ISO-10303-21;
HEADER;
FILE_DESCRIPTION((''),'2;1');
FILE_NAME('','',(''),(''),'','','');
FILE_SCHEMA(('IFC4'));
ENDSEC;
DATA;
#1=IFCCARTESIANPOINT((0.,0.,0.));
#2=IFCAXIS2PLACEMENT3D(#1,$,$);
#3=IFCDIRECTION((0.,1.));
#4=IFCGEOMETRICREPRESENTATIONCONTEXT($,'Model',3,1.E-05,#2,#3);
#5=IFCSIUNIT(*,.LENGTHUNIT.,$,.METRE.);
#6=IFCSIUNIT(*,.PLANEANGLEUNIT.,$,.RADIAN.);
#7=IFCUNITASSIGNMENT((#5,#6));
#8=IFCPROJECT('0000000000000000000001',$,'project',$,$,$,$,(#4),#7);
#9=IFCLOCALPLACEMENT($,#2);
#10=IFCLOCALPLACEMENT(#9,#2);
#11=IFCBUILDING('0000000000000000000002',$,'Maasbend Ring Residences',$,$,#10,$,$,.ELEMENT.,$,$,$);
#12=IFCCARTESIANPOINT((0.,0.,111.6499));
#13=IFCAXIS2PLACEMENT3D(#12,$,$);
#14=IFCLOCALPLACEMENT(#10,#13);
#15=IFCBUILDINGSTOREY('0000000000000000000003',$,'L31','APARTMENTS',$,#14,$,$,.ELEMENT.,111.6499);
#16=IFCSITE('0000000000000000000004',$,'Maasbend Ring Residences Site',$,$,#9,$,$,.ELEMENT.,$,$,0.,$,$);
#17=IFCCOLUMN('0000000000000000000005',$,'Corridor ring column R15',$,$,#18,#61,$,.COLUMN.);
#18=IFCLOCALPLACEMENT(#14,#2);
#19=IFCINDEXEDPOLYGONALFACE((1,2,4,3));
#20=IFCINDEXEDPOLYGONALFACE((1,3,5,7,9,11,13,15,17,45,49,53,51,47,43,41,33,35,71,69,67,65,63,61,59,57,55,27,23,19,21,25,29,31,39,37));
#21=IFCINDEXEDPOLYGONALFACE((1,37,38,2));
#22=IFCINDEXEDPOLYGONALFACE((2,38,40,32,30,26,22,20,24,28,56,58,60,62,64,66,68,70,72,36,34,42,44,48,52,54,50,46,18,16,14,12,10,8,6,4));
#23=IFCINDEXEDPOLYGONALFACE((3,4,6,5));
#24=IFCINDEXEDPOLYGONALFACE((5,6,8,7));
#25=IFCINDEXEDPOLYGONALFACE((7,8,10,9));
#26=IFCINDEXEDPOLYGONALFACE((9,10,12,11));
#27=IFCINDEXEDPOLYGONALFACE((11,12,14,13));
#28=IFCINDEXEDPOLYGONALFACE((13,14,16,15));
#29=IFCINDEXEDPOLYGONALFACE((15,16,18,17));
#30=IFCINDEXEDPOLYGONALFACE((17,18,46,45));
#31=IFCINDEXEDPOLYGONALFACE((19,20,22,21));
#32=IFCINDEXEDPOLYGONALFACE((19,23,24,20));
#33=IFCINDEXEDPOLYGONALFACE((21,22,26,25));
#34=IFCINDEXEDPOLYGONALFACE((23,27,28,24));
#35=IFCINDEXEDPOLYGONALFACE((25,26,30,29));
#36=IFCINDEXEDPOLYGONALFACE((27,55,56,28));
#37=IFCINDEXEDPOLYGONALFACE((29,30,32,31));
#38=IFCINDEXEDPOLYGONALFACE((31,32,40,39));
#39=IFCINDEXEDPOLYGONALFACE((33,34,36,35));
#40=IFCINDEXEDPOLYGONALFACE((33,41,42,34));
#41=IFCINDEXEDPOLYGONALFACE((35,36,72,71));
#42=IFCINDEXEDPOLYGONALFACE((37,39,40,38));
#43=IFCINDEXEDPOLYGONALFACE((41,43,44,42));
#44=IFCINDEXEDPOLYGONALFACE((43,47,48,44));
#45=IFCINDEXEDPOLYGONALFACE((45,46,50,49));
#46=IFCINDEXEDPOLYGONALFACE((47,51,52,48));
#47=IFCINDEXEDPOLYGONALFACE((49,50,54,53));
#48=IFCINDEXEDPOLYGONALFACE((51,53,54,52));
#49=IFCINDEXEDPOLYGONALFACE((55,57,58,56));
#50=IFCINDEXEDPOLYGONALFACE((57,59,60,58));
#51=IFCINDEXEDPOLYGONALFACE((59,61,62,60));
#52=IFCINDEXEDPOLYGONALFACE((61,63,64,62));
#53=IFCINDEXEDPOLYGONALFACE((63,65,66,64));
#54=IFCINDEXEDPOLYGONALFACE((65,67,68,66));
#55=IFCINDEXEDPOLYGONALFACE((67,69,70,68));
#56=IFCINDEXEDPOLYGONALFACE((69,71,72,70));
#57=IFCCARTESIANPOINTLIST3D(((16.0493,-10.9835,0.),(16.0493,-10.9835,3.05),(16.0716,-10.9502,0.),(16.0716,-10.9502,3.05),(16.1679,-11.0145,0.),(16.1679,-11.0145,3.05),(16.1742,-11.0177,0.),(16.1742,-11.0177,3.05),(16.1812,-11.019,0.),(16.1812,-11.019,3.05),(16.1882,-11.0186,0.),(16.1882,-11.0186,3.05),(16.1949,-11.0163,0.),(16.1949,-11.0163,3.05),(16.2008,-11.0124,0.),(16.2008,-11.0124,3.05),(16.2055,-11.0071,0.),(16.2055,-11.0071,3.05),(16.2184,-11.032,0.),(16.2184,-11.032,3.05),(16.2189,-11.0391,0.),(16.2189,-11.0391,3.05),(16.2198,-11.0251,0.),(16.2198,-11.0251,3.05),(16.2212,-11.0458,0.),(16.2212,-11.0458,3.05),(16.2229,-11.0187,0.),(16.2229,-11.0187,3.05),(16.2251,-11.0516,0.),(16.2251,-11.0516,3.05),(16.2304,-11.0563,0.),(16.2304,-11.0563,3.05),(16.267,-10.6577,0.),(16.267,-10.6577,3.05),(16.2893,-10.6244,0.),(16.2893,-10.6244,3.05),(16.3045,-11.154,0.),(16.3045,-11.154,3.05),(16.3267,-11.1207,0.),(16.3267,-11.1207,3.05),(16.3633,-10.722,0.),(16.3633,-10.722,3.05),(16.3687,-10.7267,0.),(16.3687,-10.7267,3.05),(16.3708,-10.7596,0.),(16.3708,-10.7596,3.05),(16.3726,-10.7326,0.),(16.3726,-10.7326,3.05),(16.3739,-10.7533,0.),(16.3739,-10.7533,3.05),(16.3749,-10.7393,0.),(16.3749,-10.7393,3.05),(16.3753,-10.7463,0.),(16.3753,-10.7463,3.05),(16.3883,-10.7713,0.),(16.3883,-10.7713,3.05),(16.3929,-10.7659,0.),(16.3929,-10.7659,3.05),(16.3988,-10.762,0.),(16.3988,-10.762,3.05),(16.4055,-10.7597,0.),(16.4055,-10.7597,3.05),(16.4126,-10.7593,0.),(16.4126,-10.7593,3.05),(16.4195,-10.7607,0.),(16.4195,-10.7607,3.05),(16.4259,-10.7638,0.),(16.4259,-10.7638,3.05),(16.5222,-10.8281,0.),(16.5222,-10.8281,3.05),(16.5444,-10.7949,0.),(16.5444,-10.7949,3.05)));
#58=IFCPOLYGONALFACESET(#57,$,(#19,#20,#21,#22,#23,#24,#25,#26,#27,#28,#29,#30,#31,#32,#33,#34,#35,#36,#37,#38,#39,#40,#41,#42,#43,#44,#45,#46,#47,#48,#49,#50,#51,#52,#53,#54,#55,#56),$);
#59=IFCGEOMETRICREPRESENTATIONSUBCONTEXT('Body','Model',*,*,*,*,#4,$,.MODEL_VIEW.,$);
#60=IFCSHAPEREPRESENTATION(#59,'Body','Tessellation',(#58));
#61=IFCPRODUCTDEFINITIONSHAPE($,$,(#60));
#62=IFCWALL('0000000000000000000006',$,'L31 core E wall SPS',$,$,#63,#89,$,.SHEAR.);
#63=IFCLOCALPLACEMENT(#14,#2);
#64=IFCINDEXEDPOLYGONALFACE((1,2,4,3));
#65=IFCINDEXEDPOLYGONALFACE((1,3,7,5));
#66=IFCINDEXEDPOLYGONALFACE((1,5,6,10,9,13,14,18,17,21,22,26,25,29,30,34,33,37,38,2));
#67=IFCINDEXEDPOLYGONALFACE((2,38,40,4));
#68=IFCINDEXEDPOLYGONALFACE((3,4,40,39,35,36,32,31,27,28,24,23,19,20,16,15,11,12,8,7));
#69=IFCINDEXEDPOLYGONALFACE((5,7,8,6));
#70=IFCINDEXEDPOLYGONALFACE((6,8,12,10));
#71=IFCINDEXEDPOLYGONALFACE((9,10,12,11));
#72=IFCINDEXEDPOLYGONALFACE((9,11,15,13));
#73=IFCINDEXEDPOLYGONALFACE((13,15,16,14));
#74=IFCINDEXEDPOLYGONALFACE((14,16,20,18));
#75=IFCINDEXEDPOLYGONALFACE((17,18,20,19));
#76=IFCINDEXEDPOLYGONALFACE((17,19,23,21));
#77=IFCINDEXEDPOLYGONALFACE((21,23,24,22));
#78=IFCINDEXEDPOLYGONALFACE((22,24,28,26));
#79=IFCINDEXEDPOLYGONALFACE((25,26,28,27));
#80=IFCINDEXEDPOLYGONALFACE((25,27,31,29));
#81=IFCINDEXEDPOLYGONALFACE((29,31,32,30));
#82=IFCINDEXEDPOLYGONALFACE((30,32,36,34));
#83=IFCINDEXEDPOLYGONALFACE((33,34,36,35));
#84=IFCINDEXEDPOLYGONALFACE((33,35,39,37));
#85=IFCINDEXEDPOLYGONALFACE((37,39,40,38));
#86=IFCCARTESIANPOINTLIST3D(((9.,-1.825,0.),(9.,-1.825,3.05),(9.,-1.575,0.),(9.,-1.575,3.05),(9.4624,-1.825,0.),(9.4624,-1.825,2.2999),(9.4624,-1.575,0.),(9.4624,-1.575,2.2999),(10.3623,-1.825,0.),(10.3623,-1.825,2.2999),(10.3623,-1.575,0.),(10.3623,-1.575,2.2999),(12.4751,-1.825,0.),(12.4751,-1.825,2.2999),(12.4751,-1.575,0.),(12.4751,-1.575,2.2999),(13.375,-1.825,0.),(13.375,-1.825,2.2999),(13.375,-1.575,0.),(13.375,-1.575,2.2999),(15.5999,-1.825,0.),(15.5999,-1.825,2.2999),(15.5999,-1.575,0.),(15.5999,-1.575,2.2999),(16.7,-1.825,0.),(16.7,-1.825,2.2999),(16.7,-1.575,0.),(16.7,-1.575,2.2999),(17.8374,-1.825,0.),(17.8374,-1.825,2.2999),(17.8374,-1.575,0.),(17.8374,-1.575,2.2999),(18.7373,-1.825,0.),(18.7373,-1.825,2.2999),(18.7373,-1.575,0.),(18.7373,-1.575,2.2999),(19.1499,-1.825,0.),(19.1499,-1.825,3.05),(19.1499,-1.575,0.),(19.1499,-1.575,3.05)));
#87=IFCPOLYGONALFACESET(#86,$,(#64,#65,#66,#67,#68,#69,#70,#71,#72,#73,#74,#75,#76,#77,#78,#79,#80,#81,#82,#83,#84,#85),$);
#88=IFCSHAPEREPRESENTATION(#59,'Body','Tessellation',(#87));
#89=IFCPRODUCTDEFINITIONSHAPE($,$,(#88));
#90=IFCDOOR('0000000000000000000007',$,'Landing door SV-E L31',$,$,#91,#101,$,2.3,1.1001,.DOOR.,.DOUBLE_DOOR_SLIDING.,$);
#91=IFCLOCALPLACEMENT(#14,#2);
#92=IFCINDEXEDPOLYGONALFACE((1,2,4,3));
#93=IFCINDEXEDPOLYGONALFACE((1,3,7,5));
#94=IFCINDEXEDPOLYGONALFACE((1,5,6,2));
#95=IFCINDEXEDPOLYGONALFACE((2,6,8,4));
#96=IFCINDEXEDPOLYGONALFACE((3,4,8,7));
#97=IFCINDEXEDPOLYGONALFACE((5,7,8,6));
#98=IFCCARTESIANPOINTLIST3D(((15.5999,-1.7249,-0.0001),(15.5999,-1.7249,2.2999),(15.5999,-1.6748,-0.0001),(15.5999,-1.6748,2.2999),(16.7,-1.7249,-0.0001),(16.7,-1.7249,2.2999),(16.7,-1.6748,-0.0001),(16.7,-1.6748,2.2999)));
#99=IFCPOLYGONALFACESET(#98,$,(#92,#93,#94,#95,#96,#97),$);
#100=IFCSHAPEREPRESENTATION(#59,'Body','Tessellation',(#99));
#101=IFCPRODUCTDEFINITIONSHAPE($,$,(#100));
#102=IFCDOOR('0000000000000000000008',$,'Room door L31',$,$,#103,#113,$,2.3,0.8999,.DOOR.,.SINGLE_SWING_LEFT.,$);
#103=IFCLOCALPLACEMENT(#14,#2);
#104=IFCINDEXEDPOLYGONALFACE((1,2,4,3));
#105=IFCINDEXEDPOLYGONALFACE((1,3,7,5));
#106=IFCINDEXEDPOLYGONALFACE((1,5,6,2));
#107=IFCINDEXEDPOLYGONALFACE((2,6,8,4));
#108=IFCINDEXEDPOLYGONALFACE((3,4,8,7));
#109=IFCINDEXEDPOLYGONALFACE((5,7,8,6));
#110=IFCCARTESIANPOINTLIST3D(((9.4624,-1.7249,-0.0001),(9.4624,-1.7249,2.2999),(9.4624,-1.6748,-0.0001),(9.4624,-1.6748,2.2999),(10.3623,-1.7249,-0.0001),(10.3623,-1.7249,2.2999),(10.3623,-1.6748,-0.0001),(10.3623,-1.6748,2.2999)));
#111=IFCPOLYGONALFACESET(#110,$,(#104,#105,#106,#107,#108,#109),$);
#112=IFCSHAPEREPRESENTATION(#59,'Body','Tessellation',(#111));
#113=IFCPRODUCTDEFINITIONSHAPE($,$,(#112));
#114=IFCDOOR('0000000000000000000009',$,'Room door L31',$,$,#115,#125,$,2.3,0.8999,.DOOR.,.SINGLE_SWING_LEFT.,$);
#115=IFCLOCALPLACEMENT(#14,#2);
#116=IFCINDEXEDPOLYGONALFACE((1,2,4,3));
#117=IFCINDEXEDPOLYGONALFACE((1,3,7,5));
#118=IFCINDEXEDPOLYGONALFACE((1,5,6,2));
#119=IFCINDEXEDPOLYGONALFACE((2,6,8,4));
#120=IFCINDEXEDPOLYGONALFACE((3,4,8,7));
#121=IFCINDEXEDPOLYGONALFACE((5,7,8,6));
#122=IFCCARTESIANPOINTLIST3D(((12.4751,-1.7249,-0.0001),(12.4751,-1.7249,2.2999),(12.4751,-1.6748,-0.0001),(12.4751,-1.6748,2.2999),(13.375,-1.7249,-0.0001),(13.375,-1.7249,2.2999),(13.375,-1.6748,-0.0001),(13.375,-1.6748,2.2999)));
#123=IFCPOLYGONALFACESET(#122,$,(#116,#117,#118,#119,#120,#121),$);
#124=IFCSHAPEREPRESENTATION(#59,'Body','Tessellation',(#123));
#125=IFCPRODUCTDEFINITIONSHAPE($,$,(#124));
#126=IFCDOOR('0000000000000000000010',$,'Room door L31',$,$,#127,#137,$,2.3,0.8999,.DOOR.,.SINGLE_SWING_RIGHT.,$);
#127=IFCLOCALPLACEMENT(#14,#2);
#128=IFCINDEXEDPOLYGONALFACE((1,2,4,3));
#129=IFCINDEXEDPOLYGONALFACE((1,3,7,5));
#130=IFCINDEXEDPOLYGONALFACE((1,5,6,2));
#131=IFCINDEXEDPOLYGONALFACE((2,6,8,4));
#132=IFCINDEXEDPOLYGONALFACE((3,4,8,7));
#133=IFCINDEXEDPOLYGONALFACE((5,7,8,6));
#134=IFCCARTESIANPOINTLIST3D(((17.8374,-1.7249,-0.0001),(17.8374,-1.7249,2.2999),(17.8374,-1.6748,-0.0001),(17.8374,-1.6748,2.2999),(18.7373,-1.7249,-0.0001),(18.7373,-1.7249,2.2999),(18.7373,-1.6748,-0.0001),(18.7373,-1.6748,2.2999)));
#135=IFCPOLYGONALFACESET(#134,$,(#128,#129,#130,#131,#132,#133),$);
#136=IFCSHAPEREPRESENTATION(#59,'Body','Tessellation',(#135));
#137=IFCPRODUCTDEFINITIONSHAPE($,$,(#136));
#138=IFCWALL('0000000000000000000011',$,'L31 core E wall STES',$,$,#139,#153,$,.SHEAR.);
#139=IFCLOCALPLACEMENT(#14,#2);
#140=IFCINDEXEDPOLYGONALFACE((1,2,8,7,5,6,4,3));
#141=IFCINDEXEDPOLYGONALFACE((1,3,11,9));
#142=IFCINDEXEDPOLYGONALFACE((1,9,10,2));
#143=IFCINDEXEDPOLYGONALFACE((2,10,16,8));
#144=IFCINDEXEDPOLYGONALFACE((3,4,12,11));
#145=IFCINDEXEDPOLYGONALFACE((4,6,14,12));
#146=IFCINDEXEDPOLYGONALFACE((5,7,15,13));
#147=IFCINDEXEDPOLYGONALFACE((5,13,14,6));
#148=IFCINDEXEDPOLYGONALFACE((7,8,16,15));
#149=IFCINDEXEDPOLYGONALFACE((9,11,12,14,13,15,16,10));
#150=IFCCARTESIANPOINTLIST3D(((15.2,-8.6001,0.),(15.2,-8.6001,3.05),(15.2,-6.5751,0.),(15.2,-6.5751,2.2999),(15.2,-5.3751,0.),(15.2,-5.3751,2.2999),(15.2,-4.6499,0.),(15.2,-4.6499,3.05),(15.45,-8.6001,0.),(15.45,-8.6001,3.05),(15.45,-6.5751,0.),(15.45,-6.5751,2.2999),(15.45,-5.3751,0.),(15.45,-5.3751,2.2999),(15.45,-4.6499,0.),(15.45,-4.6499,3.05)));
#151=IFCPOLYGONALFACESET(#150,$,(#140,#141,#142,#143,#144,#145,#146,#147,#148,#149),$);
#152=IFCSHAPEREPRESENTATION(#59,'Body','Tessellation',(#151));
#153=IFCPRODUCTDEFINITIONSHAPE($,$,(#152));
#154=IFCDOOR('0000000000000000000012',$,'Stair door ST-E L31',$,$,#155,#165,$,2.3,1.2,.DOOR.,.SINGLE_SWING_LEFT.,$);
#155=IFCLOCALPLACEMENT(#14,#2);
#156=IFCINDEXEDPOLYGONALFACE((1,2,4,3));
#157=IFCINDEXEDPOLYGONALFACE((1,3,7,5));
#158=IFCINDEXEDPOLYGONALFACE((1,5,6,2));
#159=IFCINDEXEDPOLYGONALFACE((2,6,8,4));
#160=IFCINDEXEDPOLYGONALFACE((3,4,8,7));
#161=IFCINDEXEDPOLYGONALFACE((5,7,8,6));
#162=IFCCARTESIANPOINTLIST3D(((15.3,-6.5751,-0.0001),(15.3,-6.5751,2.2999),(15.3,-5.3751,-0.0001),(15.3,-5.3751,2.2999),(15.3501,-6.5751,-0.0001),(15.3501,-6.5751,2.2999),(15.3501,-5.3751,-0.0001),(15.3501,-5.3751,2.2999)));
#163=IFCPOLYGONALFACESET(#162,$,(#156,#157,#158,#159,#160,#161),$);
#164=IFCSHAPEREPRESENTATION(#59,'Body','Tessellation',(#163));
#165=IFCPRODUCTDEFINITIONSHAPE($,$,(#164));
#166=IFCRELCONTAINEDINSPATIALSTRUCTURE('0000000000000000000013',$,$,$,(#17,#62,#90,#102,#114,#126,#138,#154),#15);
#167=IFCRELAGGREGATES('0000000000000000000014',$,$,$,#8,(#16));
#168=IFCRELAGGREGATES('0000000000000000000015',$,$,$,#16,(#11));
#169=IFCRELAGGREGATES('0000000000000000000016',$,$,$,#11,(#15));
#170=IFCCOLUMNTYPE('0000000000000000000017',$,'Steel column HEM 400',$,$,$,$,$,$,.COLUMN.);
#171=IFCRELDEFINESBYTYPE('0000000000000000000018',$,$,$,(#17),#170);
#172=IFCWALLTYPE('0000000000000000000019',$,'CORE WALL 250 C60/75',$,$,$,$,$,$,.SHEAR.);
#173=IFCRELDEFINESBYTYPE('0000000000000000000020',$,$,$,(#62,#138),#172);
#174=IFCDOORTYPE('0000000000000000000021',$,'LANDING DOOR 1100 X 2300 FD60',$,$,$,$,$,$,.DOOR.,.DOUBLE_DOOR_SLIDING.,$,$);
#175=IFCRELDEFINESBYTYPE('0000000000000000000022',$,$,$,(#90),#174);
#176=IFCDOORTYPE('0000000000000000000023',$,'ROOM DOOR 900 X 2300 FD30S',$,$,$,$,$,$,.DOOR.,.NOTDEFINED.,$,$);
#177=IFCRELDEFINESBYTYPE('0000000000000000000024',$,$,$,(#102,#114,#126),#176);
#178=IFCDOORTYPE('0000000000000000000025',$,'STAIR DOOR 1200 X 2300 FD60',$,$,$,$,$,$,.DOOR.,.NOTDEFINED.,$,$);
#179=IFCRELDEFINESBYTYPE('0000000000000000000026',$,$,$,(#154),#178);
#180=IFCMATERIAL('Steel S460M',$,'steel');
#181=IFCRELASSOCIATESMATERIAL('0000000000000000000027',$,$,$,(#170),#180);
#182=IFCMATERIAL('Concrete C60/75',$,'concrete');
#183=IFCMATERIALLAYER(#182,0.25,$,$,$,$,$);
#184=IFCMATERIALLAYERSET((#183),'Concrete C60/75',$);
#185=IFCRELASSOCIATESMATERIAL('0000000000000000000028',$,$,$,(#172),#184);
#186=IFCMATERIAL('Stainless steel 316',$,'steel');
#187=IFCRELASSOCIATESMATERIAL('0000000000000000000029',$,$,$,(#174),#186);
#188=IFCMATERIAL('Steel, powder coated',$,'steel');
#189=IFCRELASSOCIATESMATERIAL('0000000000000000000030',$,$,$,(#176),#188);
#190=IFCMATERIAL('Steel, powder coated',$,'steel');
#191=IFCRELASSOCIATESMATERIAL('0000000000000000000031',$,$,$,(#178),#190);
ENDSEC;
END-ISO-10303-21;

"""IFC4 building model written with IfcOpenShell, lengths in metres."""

from ifc_helpers import new_model, si_unit, direction, frame, frame_2d, origin, origin_2d, place, context, subcontext, project, spatial, rectangle, i_section, extrude, material, layer, layer_set, material_profile, profile_set, type_object, element, fill, save


model = new_model("IFC4")

# Units and contexts
model_context = context("Model", 3, precision=1e-05, world=origin(), true_north=direction((0.0, 1.0)))
body_context = subcontext(model_context, "Body", "Model", "MODEL_VIEW")
ifc_project = project(units=[si_unit("LENGTHUNIT", "METRE"), si_unit("PLANEANGLEUNIT", "RADIAN")], contexts=[model_context])

# Site, building, storey
site_placement = place(None, origin())
site = spatial("IfcSite", under=ifc_project, at=site_placement, Name="Maasbend Ring Residences Site", CompositionType="ELEMENT", RefElevation=0.0)
building_placement = place(site_placement, origin())
building = spatial("IfcBuilding", under=site, at=building_placement, Name="Maasbend Ring Residences", CompositionType="ELEMENT")
storey_placement = place(building_placement, frame((0.0, 0.0, 111.6499)))
storey = spatial("IfcBuildingStorey", under=building, at=storey_placement, Name="L31", Description="APARTMENTS", CompositionType="ELEMENT", Elevation=111.6499)

# Column
ifc_material_1 = material(Name="Steel S460M", Category="steel")
ifc_material_profile = material_profile(ifc_material_1, i_section(OverallWidth=0.3069, OverallDepth=0.4319, WebThickness=0.021, FlangeThickness=0.04, FilletRadius=0.0271, at=origin_2d()), Name="HEM 400")
ifc_profile_set = profile_set([ifc_material_profile], Name="Steel S460M")
column_type = type_object("IfcColumnType", Name="Steel column HEM 400", PredefinedType="COLUMN", material=ifc_profile_set)
column_placement = place(storey_placement, frame((16.2969, -10.8892, 0.0), z_axis=(0.0, 0.0, 1.0), x_axis=(0.83147, -0.55557, 0.0)))
element("IfcColumn", 1, at=column_placement, inside=storey, type_object=column_type, Name="Corridor ring column R15", PredefinedType="COLUMN", context=body_context, shape_type="SweptSolid", body=[
    extrude(i_section(OverallWidth=0.3069, OverallDepth=0.4319, WebThickness=0.021, FlangeThickness=0.04, FilletRadius=0.0271, at=origin_2d()), origin(), (0.0, 0.0, 1.0), 3.05),
])

# Wall, openings, doors
ifc_material_2 = material(Name="Concrete C60/75", Category="concrete")
ifc_layer_1 = layer(ifc_material_2, 0.25)
ifc_layer_set_1 = layer_set([ifc_layer_1], Name="Concrete C60/75")
wall_type_1 = type_object("IfcWallType", Name="CORE WALL 250 C60/75", PredefinedType="SHEAR", material=ifc_layer_set_1)
wall_1_placement = place(storey_placement, frame((19.1499, -1.7, 0.0), z_axis=(0.0, 0.0, 1.0), x_axis=(-1.0, 0.0, 0.0)))
wall_1 = element("IfcWall", 2, at=wall_1_placement, inside=storey, type_object=wall_type_1, Name="L31 core E wall SPS", PredefinedType="SHEAR", context=body_context, shape_type="SweptSolid", body=[
    extrude(rectangle(XDim=10.1499, YDim=0.25, at=frame_2d((5.075, 0.0))), origin(), (0.0, 0.0, 1.0), 3.05),
])
opening_1_placement = place(wall_1_placement, frame((2.45, 0.0, 0.0)))
opening_1 = element("IfcOpeningElement", 3, at=opening_1_placement, cuts=wall_1, PredefinedType="OPENING", context=body_context, shape_type="SweptSolid", body=[
    extrude(rectangle(XDim=1.1001, YDim=2.3, at=frame_2d((0.55, 1.1499))), frame((0.0, 0.135, 0.0), z_axis=(0.0, -1.0, 0.0), x_axis=(1.0, 0.0, 0.0)), (0.0, 0.0, 1.0), 0.27),
])
opening_2_placement = place(wall_1_placement, frame((8.7876, 0.0, 0.0)))
opening_2 = element("IfcOpeningElement", 4, at=opening_2_placement, cuts=wall_1, PredefinedType="OPENING", context=body_context, shape_type="SweptSolid", body=[
    extrude(rectangle(XDim=0.8999, YDim=2.3, at=frame_2d((0.45, 1.1499))), frame((0.0, 0.135, 0.0), z_axis=(0.0, -1.0, 0.0), x_axis=(1.0, 0.0, 0.0)), (0.0, 0.0, 1.0), 0.27),
])
opening_3_placement = place(wall_1_placement, frame((5.7749, 0.0, 0.0)))
opening_3 = element("IfcOpeningElement", 5, at=opening_3_placement, cuts=wall_1, PredefinedType="OPENING", context=body_context, shape_type="SweptSolid", body=[
    extrude(rectangle(XDim=0.8999, YDim=2.3, at=frame_2d((0.45, 1.1499))), frame((0.0, 0.135, 0.0), z_axis=(0.0, -1.0, 0.0), x_axis=(1.0, 0.0, 0.0)), (0.0, 0.0, 1.0), 0.27),
])
opening_4_placement = place(wall_1_placement, frame((0.4126, 0.0, 0.0)))
opening_4 = element("IfcOpeningElement", 6, at=opening_4_placement, cuts=wall_1, PredefinedType="OPENING", context=body_context, shape_type="SweptSolid", body=[
    extrude(rectangle(XDim=0.8999, YDim=2.3, at=frame_2d((0.45, 1.1499))), frame((0.0, 0.135, 0.0), z_axis=(0.0, -1.0, 0.0), x_axis=(1.0, 0.0, 0.0)), (0.0, 0.0, 1.0), 0.27),
])
ifc_material_3 = material(Name="Stainless steel 316", Category="steel")
door_type_1 = type_object("IfcDoorType", Name="LANDING DOOR 1100 X 2300 FD60", OperationType="DOUBLE_DOOR_SLIDING", PredefinedType="DOOR", material=ifc_material_3)
door_1_placement = place(opening_1_placement, origin())
door_1 = element("IfcDoor", 7, at=door_1_placement, inside=storey, type_object=door_type_1, Name="Landing door SV-E L31", OperationType="DOUBLE_DOOR_SLIDING", OverallHeight=2.3, OverallWidth=1.1001, PredefinedType="DOOR", context=body_context, shape_type="SweptSolid", body=[
    extrude(rectangle(XDim=1.1001, YDim=2.3, at=frame_2d((0.55, 1.1499))), frame((0.0, 0.0249, 0.0), z_axis=(0.0, -1.0, 0.0), x_axis=(1.0, 0.0, 0.0)), (0.0, 0.0, 1.0), 0.05),
])
fill(opening_1, door_1)
ifc_material_4 = material(Name="Steel, powder coated", Category="steel")
door_type_2 = type_object("IfcDoorType", Name="ROOM DOOR 900 X 2300 FD30S", OperationType="NOTDEFINED", PredefinedType="DOOR", material=ifc_material_4)
door_2_placement = place(opening_2_placement, origin())
door_2 = element("IfcDoor", 8, at=door_2_placement, inside=storey, type_object=door_type_2, Name="Room door L31", OperationType="SINGLE_SWING_LEFT", OverallHeight=2.3, OverallWidth=0.8999, PredefinedType="DOOR", context=body_context, shape_type="SweptSolid", body=[
    extrude(rectangle(XDim=0.8999, YDim=2.3, at=frame_2d((0.45, 1.1499))), frame((0.0, 0.0249, 0.0), z_axis=(0.0, -1.0, 0.0), x_axis=(1.0, 0.0, 0.0)), (0.0, 0.0, 1.0), 0.05),
])
fill(opening_2, door_2)
door_3_placement = place(opening_3_placement, origin())
door_3 = element("IfcDoor", 9, at=door_3_placement, inside=storey, type_object=door_type_2, Name="Room door L31", OperationType="SINGLE_SWING_LEFT", OverallHeight=2.3, OverallWidth=0.8999, PredefinedType="DOOR", context=body_context, shape_type="SweptSolid", body=[
    extrude(rectangle(XDim=0.8999, YDim=2.3, at=frame_2d((0.45, 1.1499))), frame((0.0, 0.0249, 0.0), z_axis=(0.0, -1.0, 0.0), x_axis=(1.0, 0.0, 0.0)), (0.0, 0.0, 1.0), 0.05),
])
fill(opening_3, door_3)
door_4_placement = place(opening_4_placement, origin())
door_4 = element("IfcDoor", 10, at=door_4_placement, inside=storey, type_object=door_type_2, Name="Room door L31", OperationType="SINGLE_SWING_RIGHT", OverallHeight=2.3, OverallWidth=0.8999, PredefinedType="DOOR", context=body_context, shape_type="SweptSolid", body=[
    extrude(rectangle(XDim=0.8999, YDim=2.3, at=frame_2d((0.45, 1.1499))), frame((0.0, 0.0249, 0.0), z_axis=(0.0, -1.0, 0.0), x_axis=(1.0, 0.0, 0.0)), (0.0, 0.0, 1.0), 0.05),
])
fill(opening_4, door_4)

# Wall, opening, door
wall_2_placement = place(storey_placement, frame((15.325, -8.6001, 0.0), z_axis=(0.0, 0.0, 1.0), x_axis=(0.0, 1.0, 0.0)))
wall_2 = element("IfcWall", 11, at=wall_2_placement, inside=storey, type_object=wall_type_1, Name="L31 core E wall STES", PredefinedType="SHEAR", context=body_context, shape_type="SweptSolid", body=[
    extrude(rectangle(XDim=3.9502, YDim=0.25, at=frame_2d((1.9751, 0.0))), origin(), (0.0, 0.0, 1.0), 3.05),
])
opening_5_placement = place(wall_2_placement, frame((2.0249, 0.0, 0.0)))
opening_5 = element("IfcOpeningElement", 12, at=opening_5_placement, cuts=wall_2, PredefinedType="OPENING", context=body_context, shape_type="SweptSolid", body=[
    extrude(rectangle(XDim=1.2, YDim=2.3, at=frame_2d((0.6001, 1.1499))), frame((0.0, 0.135, 0.0), z_axis=(0.0, -1.0, 0.0), x_axis=(1.0, 0.0, 0.0)), (0.0, 0.0, 1.0), 0.27),
])
ifc_material_5 = material(Name="Steel, powder coated", Category="steel")
door_type_3 = type_object("IfcDoorType", Name="STAIR DOOR 1200 X 2300 FD60", OperationType="NOTDEFINED", PredefinedType="DOOR", material=ifc_material_5)
door_5_placement = place(opening_5_placement, origin())
door_5 = element("IfcDoor", 13, at=door_5_placement, inside=storey, type_object=door_type_3, Name="Stair door ST-E L31", OperationType="SINGLE_SWING_LEFT", OverallHeight=2.3, OverallWidth=1.2, PredefinedType="DOOR", context=body_context, shape_type="SweptSolid", body=[
    extrude(rectangle(XDim=1.2, YDim=2.3, at=frame_2d((0.6001, 1.1499))), frame((0.0, 0.0249, 0.0), z_axis=(0.0, -1.0, 0.0), x_axis=(1.0, 0.0, 0.0)), (0.0, 0.0, 1.0), 0.05),
])
fill(opening_5, door_5)

save(model, "model.ifc")
